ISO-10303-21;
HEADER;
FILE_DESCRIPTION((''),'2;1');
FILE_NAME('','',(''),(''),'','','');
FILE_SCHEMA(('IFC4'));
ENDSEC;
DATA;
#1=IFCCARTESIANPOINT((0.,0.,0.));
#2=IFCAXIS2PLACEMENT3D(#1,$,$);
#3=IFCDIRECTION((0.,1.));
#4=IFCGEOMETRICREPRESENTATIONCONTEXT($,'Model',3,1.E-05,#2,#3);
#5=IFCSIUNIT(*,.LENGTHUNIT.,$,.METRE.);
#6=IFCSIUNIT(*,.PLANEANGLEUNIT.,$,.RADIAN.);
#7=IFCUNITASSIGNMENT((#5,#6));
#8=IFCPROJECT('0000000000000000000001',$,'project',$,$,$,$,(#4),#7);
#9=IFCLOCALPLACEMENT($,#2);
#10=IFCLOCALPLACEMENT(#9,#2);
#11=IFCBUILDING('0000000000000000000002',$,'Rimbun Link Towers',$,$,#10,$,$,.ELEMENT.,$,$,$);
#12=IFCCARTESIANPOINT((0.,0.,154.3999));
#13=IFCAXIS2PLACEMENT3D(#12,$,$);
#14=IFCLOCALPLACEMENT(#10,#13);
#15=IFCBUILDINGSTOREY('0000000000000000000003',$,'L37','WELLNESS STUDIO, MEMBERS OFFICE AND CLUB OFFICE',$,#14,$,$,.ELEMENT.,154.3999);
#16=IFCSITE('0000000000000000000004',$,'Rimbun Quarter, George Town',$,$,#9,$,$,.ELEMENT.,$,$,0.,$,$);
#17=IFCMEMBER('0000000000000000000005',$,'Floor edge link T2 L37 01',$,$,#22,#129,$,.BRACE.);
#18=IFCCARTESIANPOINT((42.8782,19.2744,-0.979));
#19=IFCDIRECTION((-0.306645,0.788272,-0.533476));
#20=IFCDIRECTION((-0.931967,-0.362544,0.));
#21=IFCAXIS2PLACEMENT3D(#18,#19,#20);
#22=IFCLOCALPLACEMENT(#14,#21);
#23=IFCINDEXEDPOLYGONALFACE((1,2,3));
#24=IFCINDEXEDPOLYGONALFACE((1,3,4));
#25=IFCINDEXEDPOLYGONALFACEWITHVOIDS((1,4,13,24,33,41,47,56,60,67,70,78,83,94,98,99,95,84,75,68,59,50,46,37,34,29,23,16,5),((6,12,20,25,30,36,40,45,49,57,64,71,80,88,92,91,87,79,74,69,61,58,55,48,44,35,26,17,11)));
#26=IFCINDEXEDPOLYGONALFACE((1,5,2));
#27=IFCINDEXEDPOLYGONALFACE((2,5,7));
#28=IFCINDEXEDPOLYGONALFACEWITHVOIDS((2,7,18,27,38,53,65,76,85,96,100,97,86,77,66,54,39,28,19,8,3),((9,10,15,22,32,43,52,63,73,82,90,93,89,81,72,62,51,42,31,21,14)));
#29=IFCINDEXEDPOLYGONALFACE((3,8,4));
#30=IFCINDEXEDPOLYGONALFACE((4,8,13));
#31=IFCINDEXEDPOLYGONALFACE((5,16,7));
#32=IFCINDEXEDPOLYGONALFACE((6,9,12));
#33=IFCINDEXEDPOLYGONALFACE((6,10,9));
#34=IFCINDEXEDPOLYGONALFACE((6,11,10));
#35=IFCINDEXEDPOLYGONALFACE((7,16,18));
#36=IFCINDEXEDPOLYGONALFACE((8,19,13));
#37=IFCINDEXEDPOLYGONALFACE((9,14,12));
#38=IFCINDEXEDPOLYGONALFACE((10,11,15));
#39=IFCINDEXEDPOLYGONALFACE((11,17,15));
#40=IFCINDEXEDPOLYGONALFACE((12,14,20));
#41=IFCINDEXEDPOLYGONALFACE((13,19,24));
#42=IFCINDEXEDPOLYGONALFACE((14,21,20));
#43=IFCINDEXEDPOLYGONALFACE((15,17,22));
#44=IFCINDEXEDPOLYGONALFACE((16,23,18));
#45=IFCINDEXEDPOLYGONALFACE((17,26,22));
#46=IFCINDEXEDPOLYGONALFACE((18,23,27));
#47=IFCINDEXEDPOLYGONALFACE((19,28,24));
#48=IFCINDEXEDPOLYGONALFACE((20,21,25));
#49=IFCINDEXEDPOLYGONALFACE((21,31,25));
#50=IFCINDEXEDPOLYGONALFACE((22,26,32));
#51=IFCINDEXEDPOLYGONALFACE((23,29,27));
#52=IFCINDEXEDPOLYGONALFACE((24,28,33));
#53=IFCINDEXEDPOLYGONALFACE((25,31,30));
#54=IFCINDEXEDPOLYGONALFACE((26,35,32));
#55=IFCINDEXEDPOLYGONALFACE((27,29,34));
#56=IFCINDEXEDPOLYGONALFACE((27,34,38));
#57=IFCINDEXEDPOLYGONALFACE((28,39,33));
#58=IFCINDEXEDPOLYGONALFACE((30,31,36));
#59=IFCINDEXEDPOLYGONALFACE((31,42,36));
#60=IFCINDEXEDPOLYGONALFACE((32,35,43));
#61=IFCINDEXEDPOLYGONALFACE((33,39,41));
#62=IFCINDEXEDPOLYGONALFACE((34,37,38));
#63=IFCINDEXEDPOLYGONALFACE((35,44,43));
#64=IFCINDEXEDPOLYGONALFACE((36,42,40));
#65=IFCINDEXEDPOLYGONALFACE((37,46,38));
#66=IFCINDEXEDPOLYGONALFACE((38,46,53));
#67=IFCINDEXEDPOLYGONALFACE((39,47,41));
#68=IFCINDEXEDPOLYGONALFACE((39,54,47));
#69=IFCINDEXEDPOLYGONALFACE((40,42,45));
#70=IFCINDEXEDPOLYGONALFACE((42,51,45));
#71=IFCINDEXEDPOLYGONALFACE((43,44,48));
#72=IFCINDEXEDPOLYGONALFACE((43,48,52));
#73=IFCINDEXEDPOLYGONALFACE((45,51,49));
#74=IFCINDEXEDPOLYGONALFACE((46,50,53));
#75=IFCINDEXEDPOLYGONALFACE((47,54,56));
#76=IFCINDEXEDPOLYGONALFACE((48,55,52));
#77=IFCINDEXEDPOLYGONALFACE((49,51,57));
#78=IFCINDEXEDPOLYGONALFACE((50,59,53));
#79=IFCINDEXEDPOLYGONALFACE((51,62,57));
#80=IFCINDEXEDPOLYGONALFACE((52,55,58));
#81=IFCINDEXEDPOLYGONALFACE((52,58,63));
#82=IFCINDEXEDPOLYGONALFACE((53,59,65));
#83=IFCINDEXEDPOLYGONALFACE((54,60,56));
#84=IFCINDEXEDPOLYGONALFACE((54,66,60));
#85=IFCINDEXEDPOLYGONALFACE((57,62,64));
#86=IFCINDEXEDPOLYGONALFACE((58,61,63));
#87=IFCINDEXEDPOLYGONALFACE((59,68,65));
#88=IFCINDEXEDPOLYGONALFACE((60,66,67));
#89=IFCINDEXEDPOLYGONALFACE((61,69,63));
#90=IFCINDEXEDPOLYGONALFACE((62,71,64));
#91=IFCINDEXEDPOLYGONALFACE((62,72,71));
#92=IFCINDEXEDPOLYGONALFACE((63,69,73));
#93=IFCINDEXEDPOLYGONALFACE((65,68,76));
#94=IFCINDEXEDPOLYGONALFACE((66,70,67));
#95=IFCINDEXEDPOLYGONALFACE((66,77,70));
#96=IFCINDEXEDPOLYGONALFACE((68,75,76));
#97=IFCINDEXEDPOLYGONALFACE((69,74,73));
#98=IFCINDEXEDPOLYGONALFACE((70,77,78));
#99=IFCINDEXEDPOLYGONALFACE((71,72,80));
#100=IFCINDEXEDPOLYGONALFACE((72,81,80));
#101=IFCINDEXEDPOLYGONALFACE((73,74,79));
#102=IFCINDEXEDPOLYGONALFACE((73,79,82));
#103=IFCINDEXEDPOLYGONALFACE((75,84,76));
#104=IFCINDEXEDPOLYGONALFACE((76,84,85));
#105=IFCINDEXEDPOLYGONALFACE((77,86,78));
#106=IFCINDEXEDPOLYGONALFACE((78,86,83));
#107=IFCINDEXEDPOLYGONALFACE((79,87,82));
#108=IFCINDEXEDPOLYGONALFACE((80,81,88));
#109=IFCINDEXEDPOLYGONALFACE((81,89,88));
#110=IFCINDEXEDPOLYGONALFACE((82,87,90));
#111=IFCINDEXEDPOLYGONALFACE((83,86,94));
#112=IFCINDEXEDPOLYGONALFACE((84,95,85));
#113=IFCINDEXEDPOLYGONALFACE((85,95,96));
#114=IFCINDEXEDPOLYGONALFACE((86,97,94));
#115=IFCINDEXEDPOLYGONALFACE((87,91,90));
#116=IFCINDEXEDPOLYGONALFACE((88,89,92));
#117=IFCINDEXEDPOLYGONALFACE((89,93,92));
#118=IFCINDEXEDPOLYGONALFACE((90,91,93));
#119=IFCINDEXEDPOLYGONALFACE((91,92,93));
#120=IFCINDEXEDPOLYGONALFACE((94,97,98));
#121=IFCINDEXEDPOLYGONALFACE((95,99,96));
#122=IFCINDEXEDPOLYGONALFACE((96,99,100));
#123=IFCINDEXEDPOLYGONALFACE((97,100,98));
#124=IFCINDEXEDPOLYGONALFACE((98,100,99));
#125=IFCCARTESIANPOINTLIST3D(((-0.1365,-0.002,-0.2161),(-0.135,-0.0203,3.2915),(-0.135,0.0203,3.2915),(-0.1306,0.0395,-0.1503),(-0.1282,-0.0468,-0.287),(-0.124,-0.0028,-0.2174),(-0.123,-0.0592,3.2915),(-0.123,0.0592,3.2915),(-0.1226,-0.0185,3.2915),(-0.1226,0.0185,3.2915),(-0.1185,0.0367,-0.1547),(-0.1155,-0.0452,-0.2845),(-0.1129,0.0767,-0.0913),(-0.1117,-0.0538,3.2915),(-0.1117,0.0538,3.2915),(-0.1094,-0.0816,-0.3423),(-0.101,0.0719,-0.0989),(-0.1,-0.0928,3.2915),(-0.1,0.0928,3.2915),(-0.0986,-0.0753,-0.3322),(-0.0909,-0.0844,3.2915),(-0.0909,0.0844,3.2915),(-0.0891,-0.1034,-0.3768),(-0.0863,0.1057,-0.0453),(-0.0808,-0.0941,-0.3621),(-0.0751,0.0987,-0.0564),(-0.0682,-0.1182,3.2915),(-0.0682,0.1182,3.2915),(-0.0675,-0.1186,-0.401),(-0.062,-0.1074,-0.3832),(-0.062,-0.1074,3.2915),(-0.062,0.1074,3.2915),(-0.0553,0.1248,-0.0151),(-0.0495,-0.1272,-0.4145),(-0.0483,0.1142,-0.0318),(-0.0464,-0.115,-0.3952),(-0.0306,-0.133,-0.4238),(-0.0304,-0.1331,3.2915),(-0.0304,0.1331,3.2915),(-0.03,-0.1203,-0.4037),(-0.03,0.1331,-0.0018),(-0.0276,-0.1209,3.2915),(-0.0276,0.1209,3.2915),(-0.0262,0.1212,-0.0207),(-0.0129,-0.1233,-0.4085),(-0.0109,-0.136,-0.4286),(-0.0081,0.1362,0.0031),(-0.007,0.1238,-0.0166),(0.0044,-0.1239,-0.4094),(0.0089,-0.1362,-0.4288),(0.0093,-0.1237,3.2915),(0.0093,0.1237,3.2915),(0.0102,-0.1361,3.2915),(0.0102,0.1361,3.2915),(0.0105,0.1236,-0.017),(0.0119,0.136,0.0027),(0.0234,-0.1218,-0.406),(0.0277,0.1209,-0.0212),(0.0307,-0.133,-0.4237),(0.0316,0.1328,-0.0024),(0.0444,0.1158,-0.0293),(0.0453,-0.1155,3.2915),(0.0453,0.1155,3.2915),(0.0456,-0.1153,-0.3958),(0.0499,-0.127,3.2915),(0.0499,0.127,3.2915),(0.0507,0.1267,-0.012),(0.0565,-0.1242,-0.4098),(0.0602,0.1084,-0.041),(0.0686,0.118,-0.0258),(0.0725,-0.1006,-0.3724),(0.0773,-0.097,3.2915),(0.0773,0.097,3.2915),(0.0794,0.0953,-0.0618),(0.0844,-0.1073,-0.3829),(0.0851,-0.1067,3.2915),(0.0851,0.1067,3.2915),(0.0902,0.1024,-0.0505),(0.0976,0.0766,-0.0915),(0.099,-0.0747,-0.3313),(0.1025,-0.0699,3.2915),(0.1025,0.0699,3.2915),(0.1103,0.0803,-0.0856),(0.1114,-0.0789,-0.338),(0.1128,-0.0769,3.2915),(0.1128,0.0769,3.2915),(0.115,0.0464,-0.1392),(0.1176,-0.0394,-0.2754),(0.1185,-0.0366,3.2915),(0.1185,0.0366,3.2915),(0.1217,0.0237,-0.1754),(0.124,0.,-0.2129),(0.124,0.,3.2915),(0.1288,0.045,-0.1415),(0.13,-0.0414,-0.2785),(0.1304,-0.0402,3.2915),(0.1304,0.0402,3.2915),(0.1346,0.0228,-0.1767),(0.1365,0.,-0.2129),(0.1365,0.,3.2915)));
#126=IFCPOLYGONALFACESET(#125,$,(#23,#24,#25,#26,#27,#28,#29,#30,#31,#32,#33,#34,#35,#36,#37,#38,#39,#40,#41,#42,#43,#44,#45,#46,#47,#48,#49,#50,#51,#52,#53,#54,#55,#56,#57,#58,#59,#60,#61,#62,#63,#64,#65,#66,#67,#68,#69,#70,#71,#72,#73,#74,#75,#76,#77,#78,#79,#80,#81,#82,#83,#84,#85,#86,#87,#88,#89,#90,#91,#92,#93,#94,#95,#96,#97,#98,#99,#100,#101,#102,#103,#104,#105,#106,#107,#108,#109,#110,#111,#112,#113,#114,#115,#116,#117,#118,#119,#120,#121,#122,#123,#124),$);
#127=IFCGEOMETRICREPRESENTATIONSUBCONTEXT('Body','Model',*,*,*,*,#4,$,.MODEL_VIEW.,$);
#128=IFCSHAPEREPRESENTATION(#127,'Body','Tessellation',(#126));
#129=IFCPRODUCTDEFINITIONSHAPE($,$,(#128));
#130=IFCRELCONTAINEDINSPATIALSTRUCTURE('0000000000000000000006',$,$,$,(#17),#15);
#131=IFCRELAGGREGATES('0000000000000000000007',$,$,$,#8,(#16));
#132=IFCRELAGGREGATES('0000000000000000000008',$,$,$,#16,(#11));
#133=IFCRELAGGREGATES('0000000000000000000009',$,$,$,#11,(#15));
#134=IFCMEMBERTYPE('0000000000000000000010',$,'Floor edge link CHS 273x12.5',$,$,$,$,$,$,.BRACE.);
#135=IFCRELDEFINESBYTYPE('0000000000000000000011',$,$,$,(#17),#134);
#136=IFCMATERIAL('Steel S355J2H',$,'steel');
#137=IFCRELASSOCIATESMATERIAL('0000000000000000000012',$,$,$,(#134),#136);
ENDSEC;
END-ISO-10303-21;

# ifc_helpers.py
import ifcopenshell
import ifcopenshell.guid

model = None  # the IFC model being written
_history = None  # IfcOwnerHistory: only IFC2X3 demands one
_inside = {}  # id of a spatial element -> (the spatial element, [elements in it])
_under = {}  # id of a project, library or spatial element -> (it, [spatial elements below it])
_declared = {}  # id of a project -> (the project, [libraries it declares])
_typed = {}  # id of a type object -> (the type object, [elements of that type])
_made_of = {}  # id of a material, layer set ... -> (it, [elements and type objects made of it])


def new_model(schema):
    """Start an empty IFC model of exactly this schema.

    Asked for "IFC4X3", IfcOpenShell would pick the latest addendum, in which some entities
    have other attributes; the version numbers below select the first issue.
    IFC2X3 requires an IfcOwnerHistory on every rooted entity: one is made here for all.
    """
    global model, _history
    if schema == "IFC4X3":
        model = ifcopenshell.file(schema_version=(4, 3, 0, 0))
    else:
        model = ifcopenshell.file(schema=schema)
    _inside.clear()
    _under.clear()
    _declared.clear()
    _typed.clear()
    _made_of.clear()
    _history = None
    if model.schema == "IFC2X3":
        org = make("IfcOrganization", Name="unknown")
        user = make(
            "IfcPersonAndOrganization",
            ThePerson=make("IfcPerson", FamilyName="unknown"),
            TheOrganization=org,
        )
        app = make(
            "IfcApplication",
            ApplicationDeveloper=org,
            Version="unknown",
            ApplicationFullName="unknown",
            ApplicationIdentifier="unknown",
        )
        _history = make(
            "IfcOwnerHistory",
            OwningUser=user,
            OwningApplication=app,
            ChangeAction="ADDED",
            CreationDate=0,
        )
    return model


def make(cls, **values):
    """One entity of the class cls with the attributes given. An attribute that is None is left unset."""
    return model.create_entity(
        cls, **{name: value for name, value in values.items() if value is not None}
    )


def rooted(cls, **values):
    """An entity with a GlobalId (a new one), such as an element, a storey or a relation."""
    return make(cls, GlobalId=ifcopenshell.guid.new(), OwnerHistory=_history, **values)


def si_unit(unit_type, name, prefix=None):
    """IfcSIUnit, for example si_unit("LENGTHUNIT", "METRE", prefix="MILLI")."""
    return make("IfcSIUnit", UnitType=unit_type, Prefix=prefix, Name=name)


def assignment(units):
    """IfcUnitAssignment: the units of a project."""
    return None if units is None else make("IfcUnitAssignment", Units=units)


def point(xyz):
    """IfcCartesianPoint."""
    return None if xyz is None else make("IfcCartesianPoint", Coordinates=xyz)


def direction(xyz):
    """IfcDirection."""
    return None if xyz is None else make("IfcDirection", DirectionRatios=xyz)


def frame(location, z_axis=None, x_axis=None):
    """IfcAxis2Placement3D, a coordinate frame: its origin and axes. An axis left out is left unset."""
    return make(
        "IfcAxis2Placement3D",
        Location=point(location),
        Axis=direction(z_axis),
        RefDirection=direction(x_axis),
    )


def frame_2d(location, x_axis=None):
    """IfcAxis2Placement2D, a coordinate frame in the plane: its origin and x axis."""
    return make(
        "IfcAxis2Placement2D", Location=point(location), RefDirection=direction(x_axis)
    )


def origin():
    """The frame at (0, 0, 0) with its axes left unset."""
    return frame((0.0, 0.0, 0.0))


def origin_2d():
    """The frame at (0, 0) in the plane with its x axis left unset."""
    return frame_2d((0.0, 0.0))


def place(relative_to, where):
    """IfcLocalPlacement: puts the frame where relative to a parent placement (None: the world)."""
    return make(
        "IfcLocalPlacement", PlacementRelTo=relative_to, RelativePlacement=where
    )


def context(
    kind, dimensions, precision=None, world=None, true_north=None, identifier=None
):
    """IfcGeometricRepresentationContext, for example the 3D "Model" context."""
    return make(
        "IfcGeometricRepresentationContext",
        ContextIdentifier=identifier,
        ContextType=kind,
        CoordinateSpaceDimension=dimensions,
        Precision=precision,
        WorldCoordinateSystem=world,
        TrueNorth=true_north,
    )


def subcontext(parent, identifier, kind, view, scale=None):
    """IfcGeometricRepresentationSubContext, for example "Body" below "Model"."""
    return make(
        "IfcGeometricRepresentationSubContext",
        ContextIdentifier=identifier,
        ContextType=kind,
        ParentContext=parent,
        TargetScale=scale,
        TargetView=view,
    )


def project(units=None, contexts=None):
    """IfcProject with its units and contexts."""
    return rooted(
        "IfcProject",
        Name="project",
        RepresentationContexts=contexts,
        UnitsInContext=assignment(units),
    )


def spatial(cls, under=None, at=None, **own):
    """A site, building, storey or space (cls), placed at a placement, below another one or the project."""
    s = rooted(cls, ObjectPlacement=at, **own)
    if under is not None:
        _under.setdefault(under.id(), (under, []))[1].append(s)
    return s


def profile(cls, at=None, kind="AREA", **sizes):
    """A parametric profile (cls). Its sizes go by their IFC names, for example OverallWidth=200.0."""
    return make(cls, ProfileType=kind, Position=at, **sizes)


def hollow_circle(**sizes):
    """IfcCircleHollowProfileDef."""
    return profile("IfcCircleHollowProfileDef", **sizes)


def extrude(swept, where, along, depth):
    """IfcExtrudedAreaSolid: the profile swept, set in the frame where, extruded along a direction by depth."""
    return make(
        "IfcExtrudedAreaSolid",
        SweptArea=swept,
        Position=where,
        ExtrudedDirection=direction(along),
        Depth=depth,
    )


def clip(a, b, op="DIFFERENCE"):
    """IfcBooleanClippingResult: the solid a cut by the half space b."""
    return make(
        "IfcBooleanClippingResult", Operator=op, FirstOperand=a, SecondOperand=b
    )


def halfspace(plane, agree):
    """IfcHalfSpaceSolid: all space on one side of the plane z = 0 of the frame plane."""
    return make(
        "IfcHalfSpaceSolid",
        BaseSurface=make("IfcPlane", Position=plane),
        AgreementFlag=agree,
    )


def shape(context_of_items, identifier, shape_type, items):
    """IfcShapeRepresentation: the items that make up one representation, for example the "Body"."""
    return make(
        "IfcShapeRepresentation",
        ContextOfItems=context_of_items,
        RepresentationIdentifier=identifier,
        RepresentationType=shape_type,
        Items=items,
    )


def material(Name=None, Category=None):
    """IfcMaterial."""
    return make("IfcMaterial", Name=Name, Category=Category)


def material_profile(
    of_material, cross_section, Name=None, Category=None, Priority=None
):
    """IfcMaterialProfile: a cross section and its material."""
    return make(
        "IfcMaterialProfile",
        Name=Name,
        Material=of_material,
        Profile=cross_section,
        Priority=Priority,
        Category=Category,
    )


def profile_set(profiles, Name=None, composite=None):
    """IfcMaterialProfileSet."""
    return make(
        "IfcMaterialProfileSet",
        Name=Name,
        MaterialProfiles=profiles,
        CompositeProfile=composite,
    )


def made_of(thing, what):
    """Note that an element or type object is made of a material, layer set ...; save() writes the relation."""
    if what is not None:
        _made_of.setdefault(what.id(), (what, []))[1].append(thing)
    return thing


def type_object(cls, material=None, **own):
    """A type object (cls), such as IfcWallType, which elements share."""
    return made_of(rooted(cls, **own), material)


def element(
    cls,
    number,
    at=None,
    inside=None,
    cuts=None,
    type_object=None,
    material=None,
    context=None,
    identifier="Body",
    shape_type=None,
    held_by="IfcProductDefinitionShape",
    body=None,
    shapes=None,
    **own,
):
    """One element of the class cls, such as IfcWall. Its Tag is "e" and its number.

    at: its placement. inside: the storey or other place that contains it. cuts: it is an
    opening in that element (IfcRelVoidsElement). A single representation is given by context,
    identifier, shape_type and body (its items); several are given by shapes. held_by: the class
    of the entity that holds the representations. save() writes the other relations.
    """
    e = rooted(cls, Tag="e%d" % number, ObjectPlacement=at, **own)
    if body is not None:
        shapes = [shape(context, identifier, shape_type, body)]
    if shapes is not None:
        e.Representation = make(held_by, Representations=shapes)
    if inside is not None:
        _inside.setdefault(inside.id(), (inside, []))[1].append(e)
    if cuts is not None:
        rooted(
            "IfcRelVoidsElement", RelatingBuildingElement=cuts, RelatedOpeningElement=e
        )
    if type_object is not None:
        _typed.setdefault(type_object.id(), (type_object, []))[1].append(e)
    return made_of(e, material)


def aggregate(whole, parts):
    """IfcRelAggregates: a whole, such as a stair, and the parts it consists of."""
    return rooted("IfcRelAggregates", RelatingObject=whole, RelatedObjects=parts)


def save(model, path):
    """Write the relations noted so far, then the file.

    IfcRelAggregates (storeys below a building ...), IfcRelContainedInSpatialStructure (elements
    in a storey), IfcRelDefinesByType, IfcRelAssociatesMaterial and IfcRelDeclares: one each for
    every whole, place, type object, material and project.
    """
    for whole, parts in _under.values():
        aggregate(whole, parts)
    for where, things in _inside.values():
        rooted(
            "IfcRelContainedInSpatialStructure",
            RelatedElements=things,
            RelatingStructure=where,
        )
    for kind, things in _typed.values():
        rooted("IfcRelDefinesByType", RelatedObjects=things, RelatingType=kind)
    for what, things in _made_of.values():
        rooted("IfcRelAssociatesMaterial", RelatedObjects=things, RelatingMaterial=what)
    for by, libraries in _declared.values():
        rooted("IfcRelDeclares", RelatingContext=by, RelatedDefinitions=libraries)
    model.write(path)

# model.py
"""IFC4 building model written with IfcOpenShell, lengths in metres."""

from ifc_helpers import new_model, si_unit, direction, frame, origin, origin_2d, place, context, subcontext, project, spatial, hollow_circle, extrude, clip, halfspace, material, material_profile, profile_set, type_object, element, save


model = new_model("IFC4")

# Units and contexts
model_context = context("Model", 3, precision=1e-05, world=origin(), true_north=direction((0.0, 1.0)))
body_context = subcontext(model_context, "Body", "Model", "MODEL_VIEW")
ifc_project = project(units=[si_unit("LENGTHUNIT", "METRE"), si_unit("PLANEANGLEUNIT", "RADIAN")], contexts=[model_context])

# Site, building, storey
site_placement = place(None, origin())
site = spatial("IfcSite", under=ifc_project, at=site_placement, Name="Rimbun Quarter, George Town", CompositionType="ELEMENT", RefElevation=0.0)
building_placement = place(site_placement, origin())
building = spatial("IfcBuilding", under=site, at=building_placement, Name="Rimbun Link Towers", CompositionType="ELEMENT")
storey_placement = place(building_placement, frame((0.0, 0.0, 154.3999)))
storey = spatial("IfcBuildingStorey", under=building, at=storey_placement, Name="L37", Description="WELLNESS STUDIO, MEMBERS OFFICE AND CLUB OFFICE", CompositionType="ELEMENT", Elevation=154.3999)

# Member
ifc_material_1 = material(Name="Steel S355J2H", Category="steel")
ifc_material_profile_1 = material_profile(ifc_material_1, hollow_circle(Radius=0.1365, WallThickness=0.0125, at=origin_2d()), Name="CHS 273x12.5")
ifc_profile_set_1 = profile_set([ifc_material_profile_1], Name="Steel S355J2H")
member_type_1 = type_object("IfcMemberType", Name="Floor edge link CHS 273x12.5", PredefinedType="BRACE", material=ifc_profile_set_1)
member_1_placement = place(storey_placement, frame((42.8782, 19.2744, -0.979), z_axis=(-0.306645, 0.788272, -0.533476), x_axis=(-0.931967, -0.362544, 0.0)))
element("IfcMember", 1, at=member_1_placement, inside=storey, type_object=member_type_1, Name="Floor edge link T2 L37 01", PredefinedType="BRACE", context=body_context, shape_type="Clipping", body=[
    clip(extrude(hollow_circle(Radius=0.1365, WallThickness=0.0125, at=origin_2d()), frame((0.0, 0.0, -0.4514)), (0.0, 0.0, 1.0), 3.7429), halfspace(frame((0.0, 0.0, -0.2129), z_axis=(0.0, 0.845815, -0.533476)), False)),
])

save(model, "model.ifc")
